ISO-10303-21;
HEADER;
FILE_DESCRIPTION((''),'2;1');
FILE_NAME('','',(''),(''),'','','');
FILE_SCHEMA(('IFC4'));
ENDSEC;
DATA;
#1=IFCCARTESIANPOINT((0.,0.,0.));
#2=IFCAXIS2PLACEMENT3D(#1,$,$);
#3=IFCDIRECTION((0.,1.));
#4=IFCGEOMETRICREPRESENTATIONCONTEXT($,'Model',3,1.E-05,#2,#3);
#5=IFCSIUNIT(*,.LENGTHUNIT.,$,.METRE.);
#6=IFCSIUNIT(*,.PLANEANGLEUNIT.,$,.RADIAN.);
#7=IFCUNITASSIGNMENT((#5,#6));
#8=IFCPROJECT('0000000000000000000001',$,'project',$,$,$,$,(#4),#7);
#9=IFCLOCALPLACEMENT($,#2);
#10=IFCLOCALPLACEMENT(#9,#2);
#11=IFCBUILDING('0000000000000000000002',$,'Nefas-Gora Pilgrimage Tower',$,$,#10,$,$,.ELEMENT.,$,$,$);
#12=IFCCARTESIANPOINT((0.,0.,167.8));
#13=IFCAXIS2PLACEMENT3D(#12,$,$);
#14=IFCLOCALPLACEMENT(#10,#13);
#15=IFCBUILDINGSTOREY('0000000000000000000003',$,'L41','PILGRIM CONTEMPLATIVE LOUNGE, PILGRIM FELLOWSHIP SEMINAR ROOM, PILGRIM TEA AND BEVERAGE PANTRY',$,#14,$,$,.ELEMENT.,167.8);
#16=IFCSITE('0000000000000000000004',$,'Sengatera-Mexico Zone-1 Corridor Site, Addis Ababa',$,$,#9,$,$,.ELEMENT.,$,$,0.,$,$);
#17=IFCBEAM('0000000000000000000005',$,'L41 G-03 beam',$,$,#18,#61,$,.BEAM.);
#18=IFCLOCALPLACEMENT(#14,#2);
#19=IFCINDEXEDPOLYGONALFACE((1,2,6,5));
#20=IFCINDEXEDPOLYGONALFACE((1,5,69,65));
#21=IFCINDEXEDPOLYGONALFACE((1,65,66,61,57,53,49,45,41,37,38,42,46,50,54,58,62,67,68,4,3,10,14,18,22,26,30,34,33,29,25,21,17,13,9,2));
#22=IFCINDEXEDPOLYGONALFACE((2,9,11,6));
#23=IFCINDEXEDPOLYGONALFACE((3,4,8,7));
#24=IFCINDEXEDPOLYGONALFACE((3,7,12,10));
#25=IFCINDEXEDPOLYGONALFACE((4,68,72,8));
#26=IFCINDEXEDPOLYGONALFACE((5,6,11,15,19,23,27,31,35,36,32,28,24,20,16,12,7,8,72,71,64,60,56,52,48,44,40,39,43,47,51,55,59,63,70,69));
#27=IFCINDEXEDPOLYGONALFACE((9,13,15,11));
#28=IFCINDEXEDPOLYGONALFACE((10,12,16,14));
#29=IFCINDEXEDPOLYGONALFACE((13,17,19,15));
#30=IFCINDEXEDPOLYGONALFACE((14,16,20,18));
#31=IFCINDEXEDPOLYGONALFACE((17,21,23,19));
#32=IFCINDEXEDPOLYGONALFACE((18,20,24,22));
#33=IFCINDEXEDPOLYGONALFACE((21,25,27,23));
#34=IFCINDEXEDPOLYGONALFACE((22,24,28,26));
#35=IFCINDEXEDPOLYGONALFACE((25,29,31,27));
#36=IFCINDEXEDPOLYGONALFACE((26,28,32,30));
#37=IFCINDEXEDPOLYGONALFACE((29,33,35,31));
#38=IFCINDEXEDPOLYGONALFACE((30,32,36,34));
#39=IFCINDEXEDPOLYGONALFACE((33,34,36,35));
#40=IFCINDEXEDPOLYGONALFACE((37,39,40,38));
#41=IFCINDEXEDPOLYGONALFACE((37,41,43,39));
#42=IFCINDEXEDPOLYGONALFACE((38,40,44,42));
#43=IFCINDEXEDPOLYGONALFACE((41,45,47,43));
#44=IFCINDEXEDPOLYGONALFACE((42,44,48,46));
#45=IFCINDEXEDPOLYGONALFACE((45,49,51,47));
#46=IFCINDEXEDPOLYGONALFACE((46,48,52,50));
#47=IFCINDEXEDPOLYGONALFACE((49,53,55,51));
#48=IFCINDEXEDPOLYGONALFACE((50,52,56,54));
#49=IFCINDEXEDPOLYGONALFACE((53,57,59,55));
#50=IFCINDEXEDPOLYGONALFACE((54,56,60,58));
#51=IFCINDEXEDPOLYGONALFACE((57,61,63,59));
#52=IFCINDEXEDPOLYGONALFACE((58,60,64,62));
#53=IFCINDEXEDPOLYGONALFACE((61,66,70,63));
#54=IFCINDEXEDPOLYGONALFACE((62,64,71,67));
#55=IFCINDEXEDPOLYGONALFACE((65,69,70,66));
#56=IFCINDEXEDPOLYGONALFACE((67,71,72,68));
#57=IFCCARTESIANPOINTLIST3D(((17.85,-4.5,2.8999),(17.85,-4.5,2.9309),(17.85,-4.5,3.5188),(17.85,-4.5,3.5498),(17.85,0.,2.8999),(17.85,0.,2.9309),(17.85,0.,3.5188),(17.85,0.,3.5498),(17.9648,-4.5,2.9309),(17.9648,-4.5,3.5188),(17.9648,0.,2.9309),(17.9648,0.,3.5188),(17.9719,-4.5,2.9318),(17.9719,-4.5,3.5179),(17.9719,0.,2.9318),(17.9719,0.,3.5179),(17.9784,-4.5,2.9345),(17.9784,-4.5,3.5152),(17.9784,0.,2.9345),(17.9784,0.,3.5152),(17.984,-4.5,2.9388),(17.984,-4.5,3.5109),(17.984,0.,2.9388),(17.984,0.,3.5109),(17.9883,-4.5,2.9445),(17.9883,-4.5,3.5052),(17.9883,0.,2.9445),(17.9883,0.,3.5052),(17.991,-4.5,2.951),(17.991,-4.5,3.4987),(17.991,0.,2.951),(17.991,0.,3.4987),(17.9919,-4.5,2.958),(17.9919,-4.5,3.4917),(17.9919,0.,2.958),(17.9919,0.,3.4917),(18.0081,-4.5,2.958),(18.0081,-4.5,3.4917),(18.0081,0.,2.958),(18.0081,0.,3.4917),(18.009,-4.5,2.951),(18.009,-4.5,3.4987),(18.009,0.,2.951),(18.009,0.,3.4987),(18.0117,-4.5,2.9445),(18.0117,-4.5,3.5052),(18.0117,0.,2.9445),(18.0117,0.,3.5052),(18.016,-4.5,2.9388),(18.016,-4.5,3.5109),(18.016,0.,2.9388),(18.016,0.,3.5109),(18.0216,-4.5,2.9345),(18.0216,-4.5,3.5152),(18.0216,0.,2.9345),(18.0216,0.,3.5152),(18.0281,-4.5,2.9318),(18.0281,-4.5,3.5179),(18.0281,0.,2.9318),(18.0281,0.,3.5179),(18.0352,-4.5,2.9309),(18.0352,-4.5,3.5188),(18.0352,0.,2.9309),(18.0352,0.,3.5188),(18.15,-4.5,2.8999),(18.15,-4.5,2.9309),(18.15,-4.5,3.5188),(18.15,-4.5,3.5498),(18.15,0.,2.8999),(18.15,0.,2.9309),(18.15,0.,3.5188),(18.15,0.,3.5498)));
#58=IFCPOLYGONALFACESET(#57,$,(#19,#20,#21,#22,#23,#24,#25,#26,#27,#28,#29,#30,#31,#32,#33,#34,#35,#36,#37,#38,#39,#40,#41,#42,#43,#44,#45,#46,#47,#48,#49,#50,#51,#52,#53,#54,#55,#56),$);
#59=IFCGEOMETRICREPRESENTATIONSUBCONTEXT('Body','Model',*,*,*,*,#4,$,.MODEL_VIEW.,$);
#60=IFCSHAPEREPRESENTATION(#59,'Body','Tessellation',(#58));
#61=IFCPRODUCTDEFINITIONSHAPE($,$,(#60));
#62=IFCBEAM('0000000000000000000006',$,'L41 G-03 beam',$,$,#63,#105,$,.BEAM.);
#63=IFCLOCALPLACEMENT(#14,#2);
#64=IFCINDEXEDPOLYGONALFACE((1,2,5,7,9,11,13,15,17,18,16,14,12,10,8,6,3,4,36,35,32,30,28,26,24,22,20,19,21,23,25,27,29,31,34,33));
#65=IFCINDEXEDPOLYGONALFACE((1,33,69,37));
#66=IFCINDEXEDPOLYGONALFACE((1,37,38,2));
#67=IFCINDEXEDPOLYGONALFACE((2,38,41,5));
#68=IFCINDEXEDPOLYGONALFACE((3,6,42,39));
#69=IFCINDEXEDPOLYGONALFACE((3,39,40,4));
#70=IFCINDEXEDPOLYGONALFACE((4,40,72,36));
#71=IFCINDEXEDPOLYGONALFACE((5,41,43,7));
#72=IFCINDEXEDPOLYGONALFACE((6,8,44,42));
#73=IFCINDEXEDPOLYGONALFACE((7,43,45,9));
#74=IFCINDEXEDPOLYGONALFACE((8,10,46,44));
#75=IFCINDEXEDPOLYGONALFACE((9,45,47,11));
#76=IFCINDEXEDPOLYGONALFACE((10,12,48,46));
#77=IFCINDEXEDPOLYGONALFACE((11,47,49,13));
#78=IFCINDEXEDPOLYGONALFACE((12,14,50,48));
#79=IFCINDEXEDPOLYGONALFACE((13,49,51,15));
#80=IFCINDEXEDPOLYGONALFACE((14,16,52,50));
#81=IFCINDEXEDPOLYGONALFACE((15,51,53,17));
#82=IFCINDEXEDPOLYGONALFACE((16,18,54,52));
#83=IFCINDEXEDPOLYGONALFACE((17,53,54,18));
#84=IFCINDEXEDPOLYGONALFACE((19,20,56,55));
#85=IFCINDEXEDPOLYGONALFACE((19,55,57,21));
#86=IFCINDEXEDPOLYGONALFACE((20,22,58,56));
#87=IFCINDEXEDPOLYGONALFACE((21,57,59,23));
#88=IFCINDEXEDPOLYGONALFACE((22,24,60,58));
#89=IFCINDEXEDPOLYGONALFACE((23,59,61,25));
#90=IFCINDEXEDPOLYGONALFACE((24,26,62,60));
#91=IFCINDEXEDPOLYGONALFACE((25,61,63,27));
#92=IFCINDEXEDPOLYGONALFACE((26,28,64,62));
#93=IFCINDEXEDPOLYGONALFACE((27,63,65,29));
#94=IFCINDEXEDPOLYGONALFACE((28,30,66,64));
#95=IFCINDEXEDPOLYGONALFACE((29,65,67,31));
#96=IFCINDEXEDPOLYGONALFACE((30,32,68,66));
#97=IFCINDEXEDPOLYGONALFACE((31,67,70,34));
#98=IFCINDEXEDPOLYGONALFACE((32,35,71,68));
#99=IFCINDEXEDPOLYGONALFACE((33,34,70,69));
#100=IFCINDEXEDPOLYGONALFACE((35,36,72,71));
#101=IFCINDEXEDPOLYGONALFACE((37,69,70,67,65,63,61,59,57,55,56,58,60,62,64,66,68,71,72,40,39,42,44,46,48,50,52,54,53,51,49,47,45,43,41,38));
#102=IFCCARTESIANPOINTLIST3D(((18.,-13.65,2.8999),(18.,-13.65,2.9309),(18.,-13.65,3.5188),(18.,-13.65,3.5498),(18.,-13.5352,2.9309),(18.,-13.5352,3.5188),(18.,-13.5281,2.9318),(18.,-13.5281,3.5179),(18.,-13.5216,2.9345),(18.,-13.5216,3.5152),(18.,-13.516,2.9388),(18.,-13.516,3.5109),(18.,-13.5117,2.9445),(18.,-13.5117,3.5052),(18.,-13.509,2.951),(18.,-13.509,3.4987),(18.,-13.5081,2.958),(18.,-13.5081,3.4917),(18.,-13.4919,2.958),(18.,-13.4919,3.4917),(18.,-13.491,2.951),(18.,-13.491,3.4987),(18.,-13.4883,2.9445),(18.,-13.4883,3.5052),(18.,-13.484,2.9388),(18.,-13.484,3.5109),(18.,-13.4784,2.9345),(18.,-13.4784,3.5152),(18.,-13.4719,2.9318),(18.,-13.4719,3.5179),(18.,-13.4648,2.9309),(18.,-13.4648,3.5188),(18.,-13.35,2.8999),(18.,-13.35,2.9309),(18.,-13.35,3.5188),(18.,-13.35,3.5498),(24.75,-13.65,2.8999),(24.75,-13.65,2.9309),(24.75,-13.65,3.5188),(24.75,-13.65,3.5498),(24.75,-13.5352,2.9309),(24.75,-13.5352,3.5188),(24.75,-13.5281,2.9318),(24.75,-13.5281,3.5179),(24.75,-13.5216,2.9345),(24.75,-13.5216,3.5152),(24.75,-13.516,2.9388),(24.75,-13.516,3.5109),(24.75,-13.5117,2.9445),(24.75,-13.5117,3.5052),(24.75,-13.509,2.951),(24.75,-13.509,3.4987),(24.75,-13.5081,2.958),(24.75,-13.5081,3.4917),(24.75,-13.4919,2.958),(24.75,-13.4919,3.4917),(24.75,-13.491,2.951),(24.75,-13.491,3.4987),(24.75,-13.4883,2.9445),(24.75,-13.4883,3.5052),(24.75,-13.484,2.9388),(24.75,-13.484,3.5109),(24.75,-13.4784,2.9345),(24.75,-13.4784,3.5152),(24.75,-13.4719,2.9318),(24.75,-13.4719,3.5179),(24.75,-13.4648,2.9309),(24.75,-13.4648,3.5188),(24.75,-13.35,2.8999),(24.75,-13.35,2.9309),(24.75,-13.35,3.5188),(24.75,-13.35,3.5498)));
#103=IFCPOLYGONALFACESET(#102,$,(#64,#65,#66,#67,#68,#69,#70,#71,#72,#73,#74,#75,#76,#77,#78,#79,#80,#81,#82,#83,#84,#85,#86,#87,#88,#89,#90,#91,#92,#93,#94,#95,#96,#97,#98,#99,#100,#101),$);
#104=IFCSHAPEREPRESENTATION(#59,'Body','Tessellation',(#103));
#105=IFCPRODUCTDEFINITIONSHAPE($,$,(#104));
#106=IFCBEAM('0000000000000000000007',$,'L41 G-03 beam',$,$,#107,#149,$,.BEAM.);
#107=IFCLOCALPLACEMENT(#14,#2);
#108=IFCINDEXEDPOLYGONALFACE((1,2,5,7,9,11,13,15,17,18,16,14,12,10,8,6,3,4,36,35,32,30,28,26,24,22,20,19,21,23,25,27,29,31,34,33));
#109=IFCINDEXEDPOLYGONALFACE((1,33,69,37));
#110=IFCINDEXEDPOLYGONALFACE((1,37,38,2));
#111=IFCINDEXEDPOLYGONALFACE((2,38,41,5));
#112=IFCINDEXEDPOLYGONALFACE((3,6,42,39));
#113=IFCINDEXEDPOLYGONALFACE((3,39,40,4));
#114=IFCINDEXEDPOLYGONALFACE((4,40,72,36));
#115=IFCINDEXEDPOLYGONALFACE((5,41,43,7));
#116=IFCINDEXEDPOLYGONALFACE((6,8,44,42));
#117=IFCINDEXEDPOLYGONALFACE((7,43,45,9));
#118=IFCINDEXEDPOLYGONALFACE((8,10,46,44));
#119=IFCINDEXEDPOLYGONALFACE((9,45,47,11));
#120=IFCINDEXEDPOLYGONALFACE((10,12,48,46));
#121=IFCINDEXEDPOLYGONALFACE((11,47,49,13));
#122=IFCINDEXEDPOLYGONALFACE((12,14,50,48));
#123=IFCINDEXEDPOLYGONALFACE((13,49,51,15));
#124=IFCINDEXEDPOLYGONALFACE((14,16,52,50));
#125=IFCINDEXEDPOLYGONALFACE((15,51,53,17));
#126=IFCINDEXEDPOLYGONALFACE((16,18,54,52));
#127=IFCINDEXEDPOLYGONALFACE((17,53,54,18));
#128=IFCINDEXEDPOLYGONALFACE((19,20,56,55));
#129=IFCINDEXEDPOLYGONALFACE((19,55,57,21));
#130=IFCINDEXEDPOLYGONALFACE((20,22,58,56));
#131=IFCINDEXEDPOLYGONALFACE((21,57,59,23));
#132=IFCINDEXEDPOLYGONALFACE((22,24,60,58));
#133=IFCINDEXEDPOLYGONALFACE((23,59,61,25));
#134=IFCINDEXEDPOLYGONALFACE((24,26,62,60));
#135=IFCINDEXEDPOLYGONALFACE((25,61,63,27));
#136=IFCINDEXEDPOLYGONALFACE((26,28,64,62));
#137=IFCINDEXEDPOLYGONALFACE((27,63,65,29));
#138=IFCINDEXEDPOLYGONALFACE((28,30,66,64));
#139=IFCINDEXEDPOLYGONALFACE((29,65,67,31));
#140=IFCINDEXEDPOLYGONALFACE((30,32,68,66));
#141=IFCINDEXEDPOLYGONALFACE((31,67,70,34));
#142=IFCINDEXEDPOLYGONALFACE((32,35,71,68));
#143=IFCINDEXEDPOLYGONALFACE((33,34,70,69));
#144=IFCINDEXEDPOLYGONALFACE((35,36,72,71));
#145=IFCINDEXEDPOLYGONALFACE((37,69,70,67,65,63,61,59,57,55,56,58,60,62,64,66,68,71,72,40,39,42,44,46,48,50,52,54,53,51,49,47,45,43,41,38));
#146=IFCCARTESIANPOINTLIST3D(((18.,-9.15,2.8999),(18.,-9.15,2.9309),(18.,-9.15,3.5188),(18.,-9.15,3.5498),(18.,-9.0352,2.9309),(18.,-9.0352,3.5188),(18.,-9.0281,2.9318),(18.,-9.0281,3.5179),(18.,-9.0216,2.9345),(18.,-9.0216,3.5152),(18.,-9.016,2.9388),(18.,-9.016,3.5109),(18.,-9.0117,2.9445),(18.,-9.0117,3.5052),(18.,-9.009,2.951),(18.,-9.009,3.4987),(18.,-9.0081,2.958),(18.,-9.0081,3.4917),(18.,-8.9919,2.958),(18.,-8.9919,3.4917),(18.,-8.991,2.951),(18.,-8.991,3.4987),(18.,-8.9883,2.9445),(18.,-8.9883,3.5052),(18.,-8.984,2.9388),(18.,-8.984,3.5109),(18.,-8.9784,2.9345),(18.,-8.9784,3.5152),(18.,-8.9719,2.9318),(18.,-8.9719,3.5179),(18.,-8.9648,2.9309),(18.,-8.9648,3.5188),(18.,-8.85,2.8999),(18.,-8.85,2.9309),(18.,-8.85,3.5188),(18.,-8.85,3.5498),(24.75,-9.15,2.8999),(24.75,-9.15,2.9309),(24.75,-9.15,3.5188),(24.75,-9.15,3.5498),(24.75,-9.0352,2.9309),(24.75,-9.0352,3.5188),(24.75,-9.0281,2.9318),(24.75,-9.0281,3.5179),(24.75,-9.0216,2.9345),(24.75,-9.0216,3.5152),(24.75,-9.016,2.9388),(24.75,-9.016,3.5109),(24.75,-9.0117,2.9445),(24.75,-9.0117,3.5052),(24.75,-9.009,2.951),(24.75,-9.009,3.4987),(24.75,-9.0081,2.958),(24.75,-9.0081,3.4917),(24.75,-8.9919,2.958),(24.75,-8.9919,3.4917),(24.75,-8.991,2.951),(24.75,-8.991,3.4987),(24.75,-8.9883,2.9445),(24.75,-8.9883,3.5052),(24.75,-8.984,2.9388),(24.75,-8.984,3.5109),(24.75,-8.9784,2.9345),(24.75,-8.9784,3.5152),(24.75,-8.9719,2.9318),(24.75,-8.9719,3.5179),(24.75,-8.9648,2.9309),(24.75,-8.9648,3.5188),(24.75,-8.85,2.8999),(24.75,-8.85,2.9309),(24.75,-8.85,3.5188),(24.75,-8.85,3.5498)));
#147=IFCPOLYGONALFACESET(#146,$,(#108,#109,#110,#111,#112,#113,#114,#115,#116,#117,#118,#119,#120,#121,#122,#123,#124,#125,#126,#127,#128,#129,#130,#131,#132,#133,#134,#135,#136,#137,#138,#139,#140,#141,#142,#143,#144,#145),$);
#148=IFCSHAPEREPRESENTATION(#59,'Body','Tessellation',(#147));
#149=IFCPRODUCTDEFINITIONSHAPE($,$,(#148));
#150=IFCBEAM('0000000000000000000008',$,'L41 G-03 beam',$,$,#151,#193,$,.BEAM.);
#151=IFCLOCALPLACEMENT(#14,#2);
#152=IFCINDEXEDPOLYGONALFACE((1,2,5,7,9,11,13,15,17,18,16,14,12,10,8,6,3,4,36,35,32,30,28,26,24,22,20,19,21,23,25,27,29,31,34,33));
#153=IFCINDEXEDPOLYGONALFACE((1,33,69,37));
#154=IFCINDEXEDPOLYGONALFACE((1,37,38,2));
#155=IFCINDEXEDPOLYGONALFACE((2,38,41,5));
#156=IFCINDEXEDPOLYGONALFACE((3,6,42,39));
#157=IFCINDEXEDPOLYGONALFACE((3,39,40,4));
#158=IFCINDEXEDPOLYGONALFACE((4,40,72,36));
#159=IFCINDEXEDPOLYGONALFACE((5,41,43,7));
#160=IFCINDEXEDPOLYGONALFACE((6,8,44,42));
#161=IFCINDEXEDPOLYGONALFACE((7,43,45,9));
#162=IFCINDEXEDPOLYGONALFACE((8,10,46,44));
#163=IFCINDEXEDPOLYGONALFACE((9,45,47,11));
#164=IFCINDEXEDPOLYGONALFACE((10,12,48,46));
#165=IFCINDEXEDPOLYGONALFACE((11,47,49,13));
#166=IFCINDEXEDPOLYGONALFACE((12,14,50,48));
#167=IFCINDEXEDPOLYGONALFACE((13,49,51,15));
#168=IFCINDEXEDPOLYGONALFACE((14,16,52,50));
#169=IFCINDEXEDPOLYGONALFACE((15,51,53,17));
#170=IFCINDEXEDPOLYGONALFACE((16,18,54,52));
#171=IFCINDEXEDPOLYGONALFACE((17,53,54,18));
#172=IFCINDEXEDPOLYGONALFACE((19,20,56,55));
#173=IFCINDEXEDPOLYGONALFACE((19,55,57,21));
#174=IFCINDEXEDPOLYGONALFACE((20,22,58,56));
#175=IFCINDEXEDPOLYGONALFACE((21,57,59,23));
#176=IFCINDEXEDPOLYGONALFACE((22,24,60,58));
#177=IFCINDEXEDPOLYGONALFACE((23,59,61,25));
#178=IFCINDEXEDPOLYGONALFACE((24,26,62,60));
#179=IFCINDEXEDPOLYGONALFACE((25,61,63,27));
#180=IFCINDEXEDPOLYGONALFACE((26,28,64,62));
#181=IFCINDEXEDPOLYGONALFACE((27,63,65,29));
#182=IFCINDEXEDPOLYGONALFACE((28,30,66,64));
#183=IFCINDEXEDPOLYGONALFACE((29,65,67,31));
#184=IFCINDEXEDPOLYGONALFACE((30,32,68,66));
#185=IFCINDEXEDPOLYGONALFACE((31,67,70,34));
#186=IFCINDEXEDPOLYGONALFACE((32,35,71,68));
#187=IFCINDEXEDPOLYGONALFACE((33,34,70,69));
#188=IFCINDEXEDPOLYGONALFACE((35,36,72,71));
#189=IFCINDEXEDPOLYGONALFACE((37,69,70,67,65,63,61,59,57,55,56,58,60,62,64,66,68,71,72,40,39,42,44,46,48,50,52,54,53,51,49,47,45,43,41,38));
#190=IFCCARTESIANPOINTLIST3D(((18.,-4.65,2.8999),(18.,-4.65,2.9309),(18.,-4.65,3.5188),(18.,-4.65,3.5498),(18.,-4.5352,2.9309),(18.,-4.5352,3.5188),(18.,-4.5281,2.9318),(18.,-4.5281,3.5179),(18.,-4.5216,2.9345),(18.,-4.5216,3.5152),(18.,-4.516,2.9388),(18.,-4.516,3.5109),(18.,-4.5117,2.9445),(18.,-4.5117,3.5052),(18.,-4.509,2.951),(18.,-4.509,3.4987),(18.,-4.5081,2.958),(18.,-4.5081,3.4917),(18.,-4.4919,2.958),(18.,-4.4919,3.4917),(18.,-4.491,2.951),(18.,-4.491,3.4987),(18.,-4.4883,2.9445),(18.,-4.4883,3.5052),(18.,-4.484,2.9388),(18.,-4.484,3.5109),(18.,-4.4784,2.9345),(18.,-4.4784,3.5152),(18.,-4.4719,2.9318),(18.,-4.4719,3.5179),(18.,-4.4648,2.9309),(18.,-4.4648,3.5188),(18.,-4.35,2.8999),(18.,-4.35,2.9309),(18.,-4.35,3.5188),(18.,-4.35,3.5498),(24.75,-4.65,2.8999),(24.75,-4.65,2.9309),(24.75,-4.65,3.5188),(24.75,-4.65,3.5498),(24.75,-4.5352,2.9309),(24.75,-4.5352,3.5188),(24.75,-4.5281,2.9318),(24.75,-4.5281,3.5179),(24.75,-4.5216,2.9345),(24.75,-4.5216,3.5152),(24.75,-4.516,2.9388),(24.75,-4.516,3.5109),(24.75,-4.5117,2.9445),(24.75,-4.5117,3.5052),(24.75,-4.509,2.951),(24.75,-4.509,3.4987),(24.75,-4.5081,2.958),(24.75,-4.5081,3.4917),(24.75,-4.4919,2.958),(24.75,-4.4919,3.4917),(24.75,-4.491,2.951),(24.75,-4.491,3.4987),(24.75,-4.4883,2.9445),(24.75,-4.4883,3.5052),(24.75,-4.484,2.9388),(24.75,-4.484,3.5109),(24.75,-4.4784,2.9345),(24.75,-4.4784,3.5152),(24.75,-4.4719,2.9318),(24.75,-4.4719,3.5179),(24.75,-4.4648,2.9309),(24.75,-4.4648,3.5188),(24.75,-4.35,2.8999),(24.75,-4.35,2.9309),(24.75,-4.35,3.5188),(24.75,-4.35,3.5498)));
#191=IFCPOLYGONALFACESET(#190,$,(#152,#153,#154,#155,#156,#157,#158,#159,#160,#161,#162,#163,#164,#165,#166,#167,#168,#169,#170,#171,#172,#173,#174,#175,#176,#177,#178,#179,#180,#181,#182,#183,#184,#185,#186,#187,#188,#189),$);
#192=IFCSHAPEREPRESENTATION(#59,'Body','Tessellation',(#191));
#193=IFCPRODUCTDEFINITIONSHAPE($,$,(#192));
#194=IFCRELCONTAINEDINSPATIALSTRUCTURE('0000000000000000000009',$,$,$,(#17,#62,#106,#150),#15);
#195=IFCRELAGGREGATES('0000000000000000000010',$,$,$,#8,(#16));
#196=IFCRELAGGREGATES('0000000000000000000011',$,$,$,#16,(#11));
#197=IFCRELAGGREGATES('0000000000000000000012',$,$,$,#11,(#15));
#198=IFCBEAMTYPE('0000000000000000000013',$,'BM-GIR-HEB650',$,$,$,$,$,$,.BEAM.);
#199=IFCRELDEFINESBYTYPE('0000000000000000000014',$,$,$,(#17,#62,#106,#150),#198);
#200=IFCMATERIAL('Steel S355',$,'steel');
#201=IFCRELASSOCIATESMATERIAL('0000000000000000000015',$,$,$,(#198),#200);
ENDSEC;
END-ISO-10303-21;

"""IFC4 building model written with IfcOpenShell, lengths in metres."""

from ifc_helpers import new_model, si_unit, direction, frame, origin, origin_2d, place, context, subcontext, project, spatial, i_section, extrude, source, transform, mapped, material, material_profile, profile_set, type_object, element, save


model = new_model("IFC4")

# Units and contexts
model_context = context("Model", 3, precision=1e-05, world=origin(), true_north=direction((0.0, 1.0)))
body_context = subcontext(model_context, "Body", "Model", "MODEL_VIEW")
ifc_project = project(units=[si_unit("LENGTHUNIT", "METRE"), si_unit("PLANEANGLEUNIT", "RADIAN")], contexts=[model_context])

# Site, building, storey
site_placement = place(None, origin())
site = spatial("IfcSite", under=ifc_project, at=site_placement, Name="Sengatera-Mexico Zone-1 Corridor Site, Addis Ababa", CompositionType="ELEMENT", RefElevation=0.0)
building_placement = place(site_placement, origin())
building = spatial("IfcBuilding", under=site, at=building_placement, Name="Nefas-Gora Pilgrimage Tower", CompositionType="ELEMENT")
storey_placement = place(building_placement, frame((0.0, 0.0, 167.8)))
storey = spatial("IfcBuildingStorey", under=building, at=storey_placement, Name="L41", Description="PILGRIM CONTEMPLATIVE LOUNGE, PILGRIM FELLOWSHIP SEMINAR ROOM, PILGRIM TEA AND BEVERAGE PANTRY", CompositionType="ELEMENT", Elevation=167.8)

# Beams
ifc_material_1 = material(Name="Steel S355", Category="steel")
ifc_material_profile_1 = material_profile(ifc_material_1, i_section(OverallWidth=0.3, OverallDepth=0.6499, WebThickness=0.0161, FlangeThickness=0.031, FilletRadius=0.0271, at=origin_2d()), Name="HEB 650")
ifc_profile_set_1 = profile_set([ifc_material_profile_1], Name="Steel S355")
beam_type_1 = type_object("IfcBeamType", Name="BM-GIR-HEB650", PredefinedType="BEAM", material=ifc_profile_set_1)
shared_shape_1 = source(origin(), body_context, "Body", "SweptSolid", [
    extrude(i_section(OverallWidth=0.3, OverallDepth=0.6499, WebThickness=0.0161, FlangeThickness=0.031, FilletRadius=0.0271, at=origin_2d()), origin(), (0.0, 0.0, 1.0), 4.5),
])
for number, where, z_axis, x_axis, name in (
    (1, (18.0, -4.5, 3.2249), (0.0, 1.0, 0.0), (-1.0, 0.0, 0.0), "L41 G-03 beam"),
):
    element("IfcBeam", number, at=place(storey_placement, frame(where, z_axis=z_axis, x_axis=x_axis)), inside=storey, type_object=beam_type_1, Name=name, PredefinedType="BEAM", context=body_context, shape_type="MappedRepresentation", body=[
        mapped(shared_shape_1, transform((0.0, 0.0, 0.0), x_axis=(1.0, 0.0, 0.0), y_axis=(0.0, 1.0, 0.0), z_axis=(0.0, 0.0, 1.0), scale=1.0)),
    ])
shared_shape_2 = source(origin(), body_context, "Body", "SweptSolid", [
    extrude(i_section(OverallWidth=0.3, OverallDepth=0.6499, WebThickness=0.0161, FlangeThickness=0.031, FilletRadius=0.0271, at=origin_2d()), origin(), (0.0, 0.0, 1.0), 6.75),
])
for number, where, z_axis, x_axis, name in (
    (2, (18.0, -13.5, 3.2249), (1.0, 0.0, 0.0), (0.0, 1.0, 0.0), "L41 G-03 beam"),
    (3, (18.0, -9.0, 3.2249), (1.0, 0.0, 0.0), (0.0, 1.0, 0.0), "L41 G-03 beam"),
    (4, (18.0, -4.5, 3.2249), (1.0, 0.0, 0.0), (0.0, 1.0, 0.0), "L41 G-03 beam"),
):
    element("IfcBeam", number, at=place(storey_placement, frame(where, z_axis=z_axis, x_axis=x_axis)), inside=storey, type_object=beam_type_1, Name=name, PredefinedType="BEAM", context=body_context, shape_type="MappedRepresentation", body=[
        mapped(shared_shape_2, transform((0.0, 0.0, 0.0), x_axis=(1.0, 0.0, 0.0), y_axis=(0.0, 1.0, 0.0), z_axis=(0.0, 0.0, 1.0), scale=1.0)),
    ])

save(model, "model.ifc")
